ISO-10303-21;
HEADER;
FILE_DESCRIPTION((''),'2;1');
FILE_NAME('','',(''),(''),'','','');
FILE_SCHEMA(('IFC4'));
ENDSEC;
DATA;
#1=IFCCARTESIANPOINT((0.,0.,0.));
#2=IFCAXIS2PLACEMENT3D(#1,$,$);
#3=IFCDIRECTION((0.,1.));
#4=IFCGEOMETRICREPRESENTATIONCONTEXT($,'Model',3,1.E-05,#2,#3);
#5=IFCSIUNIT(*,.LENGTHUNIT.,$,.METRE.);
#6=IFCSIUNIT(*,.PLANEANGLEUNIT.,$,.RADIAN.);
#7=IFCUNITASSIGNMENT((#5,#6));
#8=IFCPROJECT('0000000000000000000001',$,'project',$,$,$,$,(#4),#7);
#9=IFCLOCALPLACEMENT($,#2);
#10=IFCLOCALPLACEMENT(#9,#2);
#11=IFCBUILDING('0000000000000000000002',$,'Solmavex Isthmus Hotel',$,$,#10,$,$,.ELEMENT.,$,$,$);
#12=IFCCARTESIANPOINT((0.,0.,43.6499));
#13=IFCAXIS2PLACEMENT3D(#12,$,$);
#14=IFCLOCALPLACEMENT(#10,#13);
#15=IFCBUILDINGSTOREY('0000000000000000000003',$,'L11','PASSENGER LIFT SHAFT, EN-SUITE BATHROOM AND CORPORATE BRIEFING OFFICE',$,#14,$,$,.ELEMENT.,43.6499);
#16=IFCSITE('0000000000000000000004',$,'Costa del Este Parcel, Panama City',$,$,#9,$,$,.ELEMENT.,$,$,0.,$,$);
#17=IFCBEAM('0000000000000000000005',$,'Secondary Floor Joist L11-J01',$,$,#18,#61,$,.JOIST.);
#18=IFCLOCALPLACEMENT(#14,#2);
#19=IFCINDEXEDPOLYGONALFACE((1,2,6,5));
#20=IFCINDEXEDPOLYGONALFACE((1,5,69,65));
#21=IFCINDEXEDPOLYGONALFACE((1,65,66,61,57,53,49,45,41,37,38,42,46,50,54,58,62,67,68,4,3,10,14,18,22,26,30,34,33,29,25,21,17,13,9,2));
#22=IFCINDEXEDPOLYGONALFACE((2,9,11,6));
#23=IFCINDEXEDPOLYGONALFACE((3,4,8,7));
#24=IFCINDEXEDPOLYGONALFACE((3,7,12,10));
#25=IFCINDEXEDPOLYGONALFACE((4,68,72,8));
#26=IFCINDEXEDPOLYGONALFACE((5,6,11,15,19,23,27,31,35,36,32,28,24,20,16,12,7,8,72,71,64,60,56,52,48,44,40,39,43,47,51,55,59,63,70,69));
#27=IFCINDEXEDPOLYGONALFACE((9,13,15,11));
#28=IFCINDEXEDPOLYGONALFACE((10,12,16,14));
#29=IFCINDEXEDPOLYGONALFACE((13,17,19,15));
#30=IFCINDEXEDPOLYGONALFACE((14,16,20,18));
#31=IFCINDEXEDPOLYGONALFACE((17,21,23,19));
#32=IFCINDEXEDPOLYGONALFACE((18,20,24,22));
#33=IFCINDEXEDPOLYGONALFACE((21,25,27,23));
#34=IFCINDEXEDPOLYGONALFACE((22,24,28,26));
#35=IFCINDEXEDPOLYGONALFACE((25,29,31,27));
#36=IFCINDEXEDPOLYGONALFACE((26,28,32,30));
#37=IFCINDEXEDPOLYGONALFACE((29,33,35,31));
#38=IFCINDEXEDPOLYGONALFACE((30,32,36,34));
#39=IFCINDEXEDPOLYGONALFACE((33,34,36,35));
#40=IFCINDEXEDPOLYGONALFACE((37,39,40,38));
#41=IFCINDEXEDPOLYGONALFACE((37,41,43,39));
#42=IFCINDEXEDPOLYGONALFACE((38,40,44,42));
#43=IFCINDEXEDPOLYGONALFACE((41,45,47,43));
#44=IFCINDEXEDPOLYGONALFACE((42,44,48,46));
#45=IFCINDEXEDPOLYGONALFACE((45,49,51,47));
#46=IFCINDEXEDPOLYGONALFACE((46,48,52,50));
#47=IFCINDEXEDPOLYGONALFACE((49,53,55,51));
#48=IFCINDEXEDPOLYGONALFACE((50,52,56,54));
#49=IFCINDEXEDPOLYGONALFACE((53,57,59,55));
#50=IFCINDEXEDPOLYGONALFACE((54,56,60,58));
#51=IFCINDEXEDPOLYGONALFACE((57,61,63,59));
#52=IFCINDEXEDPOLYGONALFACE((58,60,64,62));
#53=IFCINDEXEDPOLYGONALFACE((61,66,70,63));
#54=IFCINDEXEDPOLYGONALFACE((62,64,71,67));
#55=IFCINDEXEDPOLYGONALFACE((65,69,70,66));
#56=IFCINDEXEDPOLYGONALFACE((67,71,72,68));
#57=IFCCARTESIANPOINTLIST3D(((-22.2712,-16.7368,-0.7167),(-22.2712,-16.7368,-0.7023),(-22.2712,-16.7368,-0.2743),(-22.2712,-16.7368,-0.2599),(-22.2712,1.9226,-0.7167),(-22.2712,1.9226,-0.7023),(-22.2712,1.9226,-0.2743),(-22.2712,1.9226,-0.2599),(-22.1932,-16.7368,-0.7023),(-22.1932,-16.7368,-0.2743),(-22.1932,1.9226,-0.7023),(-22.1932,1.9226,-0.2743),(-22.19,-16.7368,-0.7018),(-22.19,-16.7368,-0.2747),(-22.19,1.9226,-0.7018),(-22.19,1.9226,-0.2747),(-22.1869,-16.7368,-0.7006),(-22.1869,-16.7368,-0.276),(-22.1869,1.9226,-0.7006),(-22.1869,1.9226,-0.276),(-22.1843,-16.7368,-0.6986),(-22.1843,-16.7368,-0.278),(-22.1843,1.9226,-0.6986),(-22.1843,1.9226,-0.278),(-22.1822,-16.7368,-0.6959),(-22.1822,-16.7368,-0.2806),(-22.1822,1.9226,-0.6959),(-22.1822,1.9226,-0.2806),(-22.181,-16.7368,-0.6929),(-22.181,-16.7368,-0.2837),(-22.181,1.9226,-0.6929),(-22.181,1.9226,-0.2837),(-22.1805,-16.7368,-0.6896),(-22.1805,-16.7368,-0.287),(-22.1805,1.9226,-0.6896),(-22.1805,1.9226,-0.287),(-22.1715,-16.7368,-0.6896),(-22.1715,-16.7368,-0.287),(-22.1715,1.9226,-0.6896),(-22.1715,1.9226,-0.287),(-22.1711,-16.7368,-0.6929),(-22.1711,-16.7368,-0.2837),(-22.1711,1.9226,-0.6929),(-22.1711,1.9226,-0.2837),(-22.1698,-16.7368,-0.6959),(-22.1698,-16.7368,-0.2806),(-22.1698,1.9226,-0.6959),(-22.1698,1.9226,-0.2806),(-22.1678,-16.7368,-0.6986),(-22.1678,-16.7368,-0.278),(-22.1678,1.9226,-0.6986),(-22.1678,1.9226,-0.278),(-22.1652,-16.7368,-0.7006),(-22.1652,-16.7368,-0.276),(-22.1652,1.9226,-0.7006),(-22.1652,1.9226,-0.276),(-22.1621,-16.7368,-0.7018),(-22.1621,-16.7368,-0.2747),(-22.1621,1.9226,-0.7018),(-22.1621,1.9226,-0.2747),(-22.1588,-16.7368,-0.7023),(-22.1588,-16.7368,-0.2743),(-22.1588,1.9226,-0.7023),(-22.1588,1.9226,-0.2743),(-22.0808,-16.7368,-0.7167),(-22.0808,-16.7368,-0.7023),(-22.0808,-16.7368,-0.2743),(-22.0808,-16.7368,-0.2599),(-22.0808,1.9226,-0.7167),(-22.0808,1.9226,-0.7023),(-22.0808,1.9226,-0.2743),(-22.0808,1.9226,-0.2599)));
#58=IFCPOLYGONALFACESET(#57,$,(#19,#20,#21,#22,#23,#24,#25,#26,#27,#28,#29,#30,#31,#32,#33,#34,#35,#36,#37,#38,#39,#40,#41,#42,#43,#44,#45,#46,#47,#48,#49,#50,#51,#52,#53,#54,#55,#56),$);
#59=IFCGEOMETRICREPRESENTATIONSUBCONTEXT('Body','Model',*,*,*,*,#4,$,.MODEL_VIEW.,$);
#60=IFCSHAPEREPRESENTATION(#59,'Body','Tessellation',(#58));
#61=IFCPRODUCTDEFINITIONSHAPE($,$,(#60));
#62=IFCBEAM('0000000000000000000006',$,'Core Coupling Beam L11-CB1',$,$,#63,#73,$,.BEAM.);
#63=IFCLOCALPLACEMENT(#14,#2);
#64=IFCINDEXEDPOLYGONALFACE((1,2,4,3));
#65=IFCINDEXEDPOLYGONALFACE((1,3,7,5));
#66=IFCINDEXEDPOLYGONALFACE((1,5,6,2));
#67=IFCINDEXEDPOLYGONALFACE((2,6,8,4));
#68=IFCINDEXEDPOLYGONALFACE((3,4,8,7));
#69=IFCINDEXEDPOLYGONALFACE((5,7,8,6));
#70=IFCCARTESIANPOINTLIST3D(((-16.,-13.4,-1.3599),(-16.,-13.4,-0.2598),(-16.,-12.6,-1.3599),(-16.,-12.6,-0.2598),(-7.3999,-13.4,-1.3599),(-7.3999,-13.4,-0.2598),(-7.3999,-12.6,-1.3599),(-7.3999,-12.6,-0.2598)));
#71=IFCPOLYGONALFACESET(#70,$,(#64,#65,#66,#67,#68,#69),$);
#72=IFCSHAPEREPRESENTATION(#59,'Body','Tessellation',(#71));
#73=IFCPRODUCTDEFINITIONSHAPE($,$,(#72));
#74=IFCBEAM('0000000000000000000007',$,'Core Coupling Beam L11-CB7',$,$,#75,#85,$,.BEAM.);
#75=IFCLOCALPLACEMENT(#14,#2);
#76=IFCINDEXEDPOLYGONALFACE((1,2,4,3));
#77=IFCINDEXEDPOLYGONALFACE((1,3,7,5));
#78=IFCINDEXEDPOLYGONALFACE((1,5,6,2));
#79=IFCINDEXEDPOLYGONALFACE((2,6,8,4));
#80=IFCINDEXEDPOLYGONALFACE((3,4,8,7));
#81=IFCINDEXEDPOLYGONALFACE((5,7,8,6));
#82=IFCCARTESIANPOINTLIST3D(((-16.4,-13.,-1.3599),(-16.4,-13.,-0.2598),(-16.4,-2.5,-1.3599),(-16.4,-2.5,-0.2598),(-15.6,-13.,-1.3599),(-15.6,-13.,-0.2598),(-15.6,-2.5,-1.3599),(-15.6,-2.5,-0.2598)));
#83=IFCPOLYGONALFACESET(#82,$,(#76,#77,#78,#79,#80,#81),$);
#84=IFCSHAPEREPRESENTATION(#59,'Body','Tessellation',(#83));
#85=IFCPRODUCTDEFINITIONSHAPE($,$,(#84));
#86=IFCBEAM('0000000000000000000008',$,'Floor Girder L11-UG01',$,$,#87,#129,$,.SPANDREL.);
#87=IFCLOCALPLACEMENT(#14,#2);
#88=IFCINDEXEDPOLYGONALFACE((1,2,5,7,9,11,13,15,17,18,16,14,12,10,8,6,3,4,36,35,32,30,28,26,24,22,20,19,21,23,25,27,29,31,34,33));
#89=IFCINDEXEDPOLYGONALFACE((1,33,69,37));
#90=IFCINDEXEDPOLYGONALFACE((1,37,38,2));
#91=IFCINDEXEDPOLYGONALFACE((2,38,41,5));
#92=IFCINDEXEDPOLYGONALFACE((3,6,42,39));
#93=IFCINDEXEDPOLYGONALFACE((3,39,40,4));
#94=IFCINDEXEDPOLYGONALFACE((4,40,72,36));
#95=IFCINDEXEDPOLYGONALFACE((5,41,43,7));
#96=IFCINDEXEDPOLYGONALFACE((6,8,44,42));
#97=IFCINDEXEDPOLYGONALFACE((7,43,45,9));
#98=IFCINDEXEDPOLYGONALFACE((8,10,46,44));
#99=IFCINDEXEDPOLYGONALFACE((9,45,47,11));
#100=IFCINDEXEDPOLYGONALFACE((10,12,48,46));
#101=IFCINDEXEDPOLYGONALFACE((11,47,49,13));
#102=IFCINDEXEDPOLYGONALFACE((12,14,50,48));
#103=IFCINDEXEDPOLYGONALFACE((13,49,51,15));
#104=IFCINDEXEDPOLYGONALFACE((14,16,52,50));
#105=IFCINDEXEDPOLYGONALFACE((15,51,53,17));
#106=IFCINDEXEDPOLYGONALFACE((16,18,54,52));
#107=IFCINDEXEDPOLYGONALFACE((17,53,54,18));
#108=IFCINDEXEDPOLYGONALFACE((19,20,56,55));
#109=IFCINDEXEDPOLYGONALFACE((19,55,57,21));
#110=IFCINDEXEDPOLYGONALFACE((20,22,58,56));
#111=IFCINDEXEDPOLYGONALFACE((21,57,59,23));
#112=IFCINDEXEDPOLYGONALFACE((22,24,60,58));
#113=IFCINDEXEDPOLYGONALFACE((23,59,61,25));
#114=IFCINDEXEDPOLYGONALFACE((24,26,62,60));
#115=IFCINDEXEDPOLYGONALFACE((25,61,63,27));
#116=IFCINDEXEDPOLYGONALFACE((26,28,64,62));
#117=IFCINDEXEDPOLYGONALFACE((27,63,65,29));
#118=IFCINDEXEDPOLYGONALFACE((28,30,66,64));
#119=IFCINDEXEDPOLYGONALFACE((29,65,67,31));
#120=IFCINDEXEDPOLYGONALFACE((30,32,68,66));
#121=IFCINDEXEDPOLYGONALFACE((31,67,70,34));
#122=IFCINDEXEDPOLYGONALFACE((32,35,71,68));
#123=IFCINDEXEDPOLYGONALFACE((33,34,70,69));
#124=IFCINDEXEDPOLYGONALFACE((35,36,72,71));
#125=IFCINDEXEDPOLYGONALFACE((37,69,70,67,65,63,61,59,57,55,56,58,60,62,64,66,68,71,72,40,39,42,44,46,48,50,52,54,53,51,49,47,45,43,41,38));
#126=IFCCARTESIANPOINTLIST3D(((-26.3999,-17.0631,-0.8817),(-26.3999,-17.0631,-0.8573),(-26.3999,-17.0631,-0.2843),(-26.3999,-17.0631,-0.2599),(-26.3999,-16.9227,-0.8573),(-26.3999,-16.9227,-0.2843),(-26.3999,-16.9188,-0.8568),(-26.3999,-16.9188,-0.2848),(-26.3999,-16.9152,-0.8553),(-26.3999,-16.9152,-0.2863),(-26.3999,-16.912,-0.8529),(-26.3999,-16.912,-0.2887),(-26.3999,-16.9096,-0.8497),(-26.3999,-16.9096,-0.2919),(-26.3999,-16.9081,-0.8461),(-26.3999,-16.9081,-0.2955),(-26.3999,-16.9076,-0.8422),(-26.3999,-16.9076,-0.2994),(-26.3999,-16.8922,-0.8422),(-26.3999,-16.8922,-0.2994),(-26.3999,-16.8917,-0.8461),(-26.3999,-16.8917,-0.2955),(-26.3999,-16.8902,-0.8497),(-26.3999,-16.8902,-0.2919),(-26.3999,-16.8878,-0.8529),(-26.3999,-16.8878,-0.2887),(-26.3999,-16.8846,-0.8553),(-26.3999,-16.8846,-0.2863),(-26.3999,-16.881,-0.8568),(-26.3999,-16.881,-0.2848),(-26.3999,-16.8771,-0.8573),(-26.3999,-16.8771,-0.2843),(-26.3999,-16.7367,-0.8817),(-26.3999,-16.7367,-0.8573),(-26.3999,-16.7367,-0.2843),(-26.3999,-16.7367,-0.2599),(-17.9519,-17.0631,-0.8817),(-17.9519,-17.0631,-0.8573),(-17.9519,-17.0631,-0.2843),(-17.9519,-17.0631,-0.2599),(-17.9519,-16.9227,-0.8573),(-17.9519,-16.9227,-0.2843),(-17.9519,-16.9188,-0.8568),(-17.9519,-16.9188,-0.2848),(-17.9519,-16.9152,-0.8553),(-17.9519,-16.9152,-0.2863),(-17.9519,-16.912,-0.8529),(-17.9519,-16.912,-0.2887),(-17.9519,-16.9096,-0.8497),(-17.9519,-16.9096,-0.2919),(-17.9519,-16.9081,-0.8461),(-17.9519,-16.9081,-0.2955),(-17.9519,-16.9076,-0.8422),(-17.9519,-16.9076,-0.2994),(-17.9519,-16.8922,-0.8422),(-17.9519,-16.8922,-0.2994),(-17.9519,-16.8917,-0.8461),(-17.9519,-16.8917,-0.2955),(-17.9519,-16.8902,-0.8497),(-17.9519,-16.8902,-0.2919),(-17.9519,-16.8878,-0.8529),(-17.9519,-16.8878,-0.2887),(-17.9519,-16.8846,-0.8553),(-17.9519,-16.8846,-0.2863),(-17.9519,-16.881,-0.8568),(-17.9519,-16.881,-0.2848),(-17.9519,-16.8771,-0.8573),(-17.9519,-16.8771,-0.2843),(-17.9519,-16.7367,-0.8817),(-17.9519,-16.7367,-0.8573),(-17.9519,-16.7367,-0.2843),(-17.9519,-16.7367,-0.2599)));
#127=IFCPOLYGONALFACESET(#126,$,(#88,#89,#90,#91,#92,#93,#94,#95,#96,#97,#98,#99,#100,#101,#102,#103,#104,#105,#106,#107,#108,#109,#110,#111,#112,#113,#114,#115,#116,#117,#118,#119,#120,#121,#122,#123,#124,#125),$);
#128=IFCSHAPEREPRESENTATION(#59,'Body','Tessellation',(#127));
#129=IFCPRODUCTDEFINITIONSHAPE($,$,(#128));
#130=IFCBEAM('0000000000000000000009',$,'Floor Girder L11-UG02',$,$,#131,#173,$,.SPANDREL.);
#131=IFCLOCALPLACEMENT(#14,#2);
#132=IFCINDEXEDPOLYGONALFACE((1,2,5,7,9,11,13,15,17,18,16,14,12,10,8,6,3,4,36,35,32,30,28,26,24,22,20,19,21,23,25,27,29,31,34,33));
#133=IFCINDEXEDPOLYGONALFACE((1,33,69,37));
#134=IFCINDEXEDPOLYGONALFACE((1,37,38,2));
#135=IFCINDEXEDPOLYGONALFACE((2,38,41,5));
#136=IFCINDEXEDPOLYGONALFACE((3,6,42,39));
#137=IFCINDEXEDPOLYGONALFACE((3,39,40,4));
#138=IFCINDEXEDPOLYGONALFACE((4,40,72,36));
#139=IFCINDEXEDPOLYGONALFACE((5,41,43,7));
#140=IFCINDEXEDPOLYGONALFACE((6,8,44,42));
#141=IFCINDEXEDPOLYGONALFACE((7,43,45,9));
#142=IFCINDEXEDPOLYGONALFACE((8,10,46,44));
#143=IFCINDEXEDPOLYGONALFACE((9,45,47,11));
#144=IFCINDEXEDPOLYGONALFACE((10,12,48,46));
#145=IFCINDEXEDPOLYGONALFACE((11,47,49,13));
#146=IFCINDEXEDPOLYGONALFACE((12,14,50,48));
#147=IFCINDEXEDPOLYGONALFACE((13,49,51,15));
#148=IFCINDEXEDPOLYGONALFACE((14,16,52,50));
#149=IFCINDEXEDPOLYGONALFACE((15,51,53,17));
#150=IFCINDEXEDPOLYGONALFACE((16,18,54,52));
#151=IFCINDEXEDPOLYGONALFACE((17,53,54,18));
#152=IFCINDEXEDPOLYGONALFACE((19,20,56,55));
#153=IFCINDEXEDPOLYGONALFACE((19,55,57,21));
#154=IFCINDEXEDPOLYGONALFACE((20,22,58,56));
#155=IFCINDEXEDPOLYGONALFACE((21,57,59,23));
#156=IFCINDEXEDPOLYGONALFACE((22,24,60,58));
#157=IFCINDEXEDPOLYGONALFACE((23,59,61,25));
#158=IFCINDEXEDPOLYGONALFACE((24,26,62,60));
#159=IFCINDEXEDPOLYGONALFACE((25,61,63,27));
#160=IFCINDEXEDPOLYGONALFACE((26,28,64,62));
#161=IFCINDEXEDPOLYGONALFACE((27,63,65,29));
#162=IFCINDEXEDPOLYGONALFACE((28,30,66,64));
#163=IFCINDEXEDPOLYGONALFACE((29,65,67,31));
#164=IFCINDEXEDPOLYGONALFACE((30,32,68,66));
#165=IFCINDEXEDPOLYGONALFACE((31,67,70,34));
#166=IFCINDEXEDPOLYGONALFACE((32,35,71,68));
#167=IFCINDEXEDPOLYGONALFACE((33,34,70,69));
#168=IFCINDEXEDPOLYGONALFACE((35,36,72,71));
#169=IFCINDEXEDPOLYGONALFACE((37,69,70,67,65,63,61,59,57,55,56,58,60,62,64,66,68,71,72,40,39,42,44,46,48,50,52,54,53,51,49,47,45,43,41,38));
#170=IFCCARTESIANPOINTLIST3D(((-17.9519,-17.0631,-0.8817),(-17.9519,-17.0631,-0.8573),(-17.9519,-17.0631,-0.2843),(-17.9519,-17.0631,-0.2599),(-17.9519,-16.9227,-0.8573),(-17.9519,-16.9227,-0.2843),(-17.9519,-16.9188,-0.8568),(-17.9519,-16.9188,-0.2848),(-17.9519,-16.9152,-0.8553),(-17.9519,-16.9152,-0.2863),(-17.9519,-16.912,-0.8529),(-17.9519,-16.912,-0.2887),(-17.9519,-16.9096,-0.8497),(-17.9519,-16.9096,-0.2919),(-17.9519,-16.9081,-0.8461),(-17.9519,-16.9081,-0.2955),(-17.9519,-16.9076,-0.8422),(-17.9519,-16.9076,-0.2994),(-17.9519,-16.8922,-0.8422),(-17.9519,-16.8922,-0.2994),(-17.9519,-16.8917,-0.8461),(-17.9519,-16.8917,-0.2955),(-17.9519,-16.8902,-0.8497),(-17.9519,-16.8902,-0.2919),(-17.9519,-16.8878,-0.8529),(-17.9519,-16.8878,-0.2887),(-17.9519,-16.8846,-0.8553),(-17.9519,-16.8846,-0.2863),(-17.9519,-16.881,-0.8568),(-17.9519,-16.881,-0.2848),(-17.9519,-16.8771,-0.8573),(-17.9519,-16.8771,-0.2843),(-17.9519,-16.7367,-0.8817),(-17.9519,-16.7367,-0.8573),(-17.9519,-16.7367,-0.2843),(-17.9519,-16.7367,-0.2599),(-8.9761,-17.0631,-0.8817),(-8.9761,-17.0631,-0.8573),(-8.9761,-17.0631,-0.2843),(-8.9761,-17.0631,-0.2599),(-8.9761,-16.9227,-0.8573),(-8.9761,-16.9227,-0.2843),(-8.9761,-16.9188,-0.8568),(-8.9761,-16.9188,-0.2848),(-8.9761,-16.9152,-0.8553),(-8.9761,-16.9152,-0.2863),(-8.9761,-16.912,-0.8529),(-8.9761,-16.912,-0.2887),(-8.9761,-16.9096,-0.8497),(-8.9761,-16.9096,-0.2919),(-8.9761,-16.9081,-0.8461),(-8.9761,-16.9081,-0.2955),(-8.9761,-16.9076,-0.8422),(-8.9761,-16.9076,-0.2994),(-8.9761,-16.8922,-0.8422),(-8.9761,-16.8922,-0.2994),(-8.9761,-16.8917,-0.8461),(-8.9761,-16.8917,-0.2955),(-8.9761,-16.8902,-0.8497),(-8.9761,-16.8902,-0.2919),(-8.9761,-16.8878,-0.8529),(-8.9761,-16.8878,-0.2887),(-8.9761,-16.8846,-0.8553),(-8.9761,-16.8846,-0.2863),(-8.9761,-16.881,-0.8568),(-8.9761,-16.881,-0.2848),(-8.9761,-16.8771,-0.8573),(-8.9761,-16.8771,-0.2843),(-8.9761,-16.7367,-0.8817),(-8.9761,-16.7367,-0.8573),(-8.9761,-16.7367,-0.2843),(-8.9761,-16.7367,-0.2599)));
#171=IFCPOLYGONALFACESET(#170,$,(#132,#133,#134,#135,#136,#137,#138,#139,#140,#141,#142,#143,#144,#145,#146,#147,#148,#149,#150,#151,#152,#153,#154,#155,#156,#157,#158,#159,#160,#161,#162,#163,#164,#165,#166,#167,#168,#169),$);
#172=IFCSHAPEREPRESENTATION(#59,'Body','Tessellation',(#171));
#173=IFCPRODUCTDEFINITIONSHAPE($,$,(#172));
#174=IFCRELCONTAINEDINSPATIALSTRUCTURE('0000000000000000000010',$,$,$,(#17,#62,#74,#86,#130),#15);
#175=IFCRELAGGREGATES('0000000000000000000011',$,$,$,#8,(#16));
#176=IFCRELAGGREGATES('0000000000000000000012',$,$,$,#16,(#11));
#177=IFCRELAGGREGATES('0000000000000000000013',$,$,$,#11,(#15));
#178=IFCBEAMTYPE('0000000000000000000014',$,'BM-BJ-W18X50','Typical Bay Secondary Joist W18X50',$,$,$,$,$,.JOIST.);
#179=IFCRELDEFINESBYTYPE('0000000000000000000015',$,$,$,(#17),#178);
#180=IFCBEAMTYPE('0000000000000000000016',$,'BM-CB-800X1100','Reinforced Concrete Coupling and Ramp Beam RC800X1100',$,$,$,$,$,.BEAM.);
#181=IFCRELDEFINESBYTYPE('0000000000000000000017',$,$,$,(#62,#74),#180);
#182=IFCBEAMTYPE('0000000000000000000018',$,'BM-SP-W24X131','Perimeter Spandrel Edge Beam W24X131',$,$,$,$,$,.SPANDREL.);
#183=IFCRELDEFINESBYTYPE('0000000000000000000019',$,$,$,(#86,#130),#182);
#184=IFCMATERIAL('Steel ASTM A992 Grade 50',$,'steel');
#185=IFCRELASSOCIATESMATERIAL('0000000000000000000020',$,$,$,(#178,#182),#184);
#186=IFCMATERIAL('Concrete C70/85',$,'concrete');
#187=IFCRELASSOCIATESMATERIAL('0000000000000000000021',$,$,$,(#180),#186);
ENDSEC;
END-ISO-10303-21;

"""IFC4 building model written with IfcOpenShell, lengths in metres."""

from ifc_helpers import new_model, si_unit, direction, frame, origin, origin_2d, place, context, subcontext, project, spatial, rectangle, i_section, extrude, material, material_profile, profile_set, type_object, element, save


model = new_model("IFC4")

# Units and contexts
model_context = context("Model", 3, precision=1e-05, world=origin(), true_north=direction((0.0, 1.0)))
body_context = subcontext(model_context, "Body", "Model", "MODEL_VIEW")
ifc_project = project(units=[si_unit("LENGTHUNIT", "METRE"), si_unit("PLANEANGLEUNIT", "RADIAN")], contexts=[model_context])

# Site, building, storey
site_placement = place(None, origin())
site = spatial("IfcSite", under=ifc_project, at=site_placement, Name="Costa del Este Parcel, Panama City", CompositionType="ELEMENT", RefElevation=0.0)
building_placement = place(site_placement, origin())
building = spatial("IfcBuilding", under=site, at=building_placement, Name="Solmavex Isthmus Hotel", CompositionType="ELEMENT")
storey_placement = place(building_placement, frame((0.0, 0.0, 43.6499)))
storey = spatial("IfcBuildingStorey", under=building, at=storey_placement, Name="L11", Description="PASSENGER LIFT SHAFT, EN-SUITE BATHROOM AND CORPORATE BRIEFING OFFICE", CompositionType="ELEMENT", Elevation=43.6499)

# Shared definitions
ifc_material_1 = material(Name="Concrete C70/85", Category="concrete")

# Beams
ifc_material_2 = material(Name="Steel ASTM A992 Grade 50", Category="steel")
ifc_material_profile_1 = material_profile(ifc_material_2, i_section(OverallWidth=0.1904, OverallDepth=0.4568, WebThickness=0.009, FlangeThickness=0.0144, FilletRadius=0.0127, at=origin_2d()), Name="W18X50")
ifc_profile_set_1 = profile_set([ifc_material_profile_1], Name="Steel ASTM A992 Grade 50")
beam_type_1 = type_object("IfcBeamType", Name="BM-BJ-W18X50", Description="Typical Bay Secondary Joist W18X50", PredefinedType="JOIST", material=ifc_profile_set_1)
beam_1_placement = place(storey_placement, frame((-22.176, -16.7368, -0.4883), z_axis=(0.0, 1.0, 0.0), x_axis=(-1.0, 0.0, 0.0)))
element("IfcBeam", 1, at=beam_1_placement, inside=storey, type_object=beam_type_1, Name="Secondary Floor Joist L11-J01", PredefinedType="JOIST", context=body_context, shape_type="SweptSolid", body=[
    extrude(i_section(OverallWidth=0.1904, OverallDepth=0.4568, WebThickness=0.009, FlangeThickness=0.0144, FilletRadius=0.0127, at=origin_2d()), origin(), (0.0, 0.0, 1.0), 18.6594),
])
ifc_material_profile_2 = material_profile(ifc_material_1, rectangle(XDim=0.8, YDim=1.1001, at=origin_2d()), Name="RC800X1100")
ifc_profile_set_2 = profile_set([ifc_material_profile_2], Name="Concrete C70/85")
beam_type_2 = type_object("IfcBeamType", Name="BM-CB-800X1100", Description="Reinforced Concrete Coupling and Ramp Beam RC800X1100", PredefinedType="BEAM", material=ifc_profile_set_2)
beam_2_placement = place(storey_placement, frame((-16.0, -13.0, -0.8098), z_axis=(1.0, 0.0, 0.0), x_axis=(0.0, 1.0, 0.0)))
element("IfcBeam", 2, at=beam_2_placement, inside=storey, type_object=beam_type_2, Name="Core Coupling Beam L11-CB1", PredefinedType="BEAM", context=body_context, shape_type="SweptSolid", body=[
    extrude(rectangle(XDim=0.8, YDim=1.1001, at=origin_2d()), origin(), (0.0, 0.0, 1.0), 8.6001),
])
beam_3_placement = place(storey_placement, frame((-16.0, -13.0, -0.8098), z_axis=(0.0, 1.0, 0.0), x_axis=(-1.0, 0.0, 0.0)))
element("IfcBeam", 3, at=beam_3_placement, inside=storey, type_object=beam_type_2, Name="Core Coupling Beam L11-CB7", PredefinedType="BEAM", context=body_context, shape_type="SweptSolid", body=[
    extrude(rectangle(XDim=0.8, YDim=1.1001, at=origin_2d()), origin(), (0.0, 0.0, 1.0), 10.5),
])
ifc_material_profile_3 = material_profile(ifc_material_2, i_section(OverallWidth=0.3264, OverallDepth=0.6218, WebThickness=0.0154, FlangeThickness=0.0244, FilletRadius=0.0151, at=origin_2d()), Name="W24X131")
ifc_profile_set_3 = profile_set([ifc_material_profile_3], Name="Steel ASTM A992 Grade 50")
beam_type_3 = type_object("IfcBeamType", Name="BM-SP-W24X131", Description="Perimeter Spandrel Edge Beam W24X131", PredefinedType="SPANDREL", material=ifc_profile_set_3)
beam_4_placement = place(storey_placement, frame((-26.3999, -16.8999, -0.5708), z_axis=(1.0, 0.0, 0.0), x_axis=(0.0, 1.0, 0.0)))
element("IfcBeam", 4, at=beam_4_placement, inside=storey, type_object=beam_type_3, Name="Floor Girder L11-UG01", PredefinedType="SPANDREL", context=body_context, shape_type="SweptSolid", body=[
    extrude(i_section(OverallWidth=0.3264, OverallDepth=0.6218, WebThickness=0.0154, FlangeThickness=0.0244, FilletRadius=0.0151, at=origin_2d()), origin(), (0.0, 0.0, 1.0), 8.448),
])
beam_5_placement = place(storey_placement, frame((-17.9519, -16.8999, -0.5708), z_axis=(1.0, 0.0, 0.0), x_axis=(0.0, 1.0, 0.0)))
element("IfcBeam", 5, at=beam_5_placement, inside=storey, type_object=beam_type_3, Name="Floor Girder L11-UG02", PredefinedType="SPANDREL", context=body_context, shape_type="SweptSolid", body=[
    extrude(i_section(OverallWidth=0.3264, OverallDepth=0.6218, WebThickness=0.0154, FlangeThickness=0.0244, FilletRadius=0.0151, at=origin_2d()), origin(), (0.0, 0.0, 1.0), 8.9758),
])

save(model, "model.ifc")
